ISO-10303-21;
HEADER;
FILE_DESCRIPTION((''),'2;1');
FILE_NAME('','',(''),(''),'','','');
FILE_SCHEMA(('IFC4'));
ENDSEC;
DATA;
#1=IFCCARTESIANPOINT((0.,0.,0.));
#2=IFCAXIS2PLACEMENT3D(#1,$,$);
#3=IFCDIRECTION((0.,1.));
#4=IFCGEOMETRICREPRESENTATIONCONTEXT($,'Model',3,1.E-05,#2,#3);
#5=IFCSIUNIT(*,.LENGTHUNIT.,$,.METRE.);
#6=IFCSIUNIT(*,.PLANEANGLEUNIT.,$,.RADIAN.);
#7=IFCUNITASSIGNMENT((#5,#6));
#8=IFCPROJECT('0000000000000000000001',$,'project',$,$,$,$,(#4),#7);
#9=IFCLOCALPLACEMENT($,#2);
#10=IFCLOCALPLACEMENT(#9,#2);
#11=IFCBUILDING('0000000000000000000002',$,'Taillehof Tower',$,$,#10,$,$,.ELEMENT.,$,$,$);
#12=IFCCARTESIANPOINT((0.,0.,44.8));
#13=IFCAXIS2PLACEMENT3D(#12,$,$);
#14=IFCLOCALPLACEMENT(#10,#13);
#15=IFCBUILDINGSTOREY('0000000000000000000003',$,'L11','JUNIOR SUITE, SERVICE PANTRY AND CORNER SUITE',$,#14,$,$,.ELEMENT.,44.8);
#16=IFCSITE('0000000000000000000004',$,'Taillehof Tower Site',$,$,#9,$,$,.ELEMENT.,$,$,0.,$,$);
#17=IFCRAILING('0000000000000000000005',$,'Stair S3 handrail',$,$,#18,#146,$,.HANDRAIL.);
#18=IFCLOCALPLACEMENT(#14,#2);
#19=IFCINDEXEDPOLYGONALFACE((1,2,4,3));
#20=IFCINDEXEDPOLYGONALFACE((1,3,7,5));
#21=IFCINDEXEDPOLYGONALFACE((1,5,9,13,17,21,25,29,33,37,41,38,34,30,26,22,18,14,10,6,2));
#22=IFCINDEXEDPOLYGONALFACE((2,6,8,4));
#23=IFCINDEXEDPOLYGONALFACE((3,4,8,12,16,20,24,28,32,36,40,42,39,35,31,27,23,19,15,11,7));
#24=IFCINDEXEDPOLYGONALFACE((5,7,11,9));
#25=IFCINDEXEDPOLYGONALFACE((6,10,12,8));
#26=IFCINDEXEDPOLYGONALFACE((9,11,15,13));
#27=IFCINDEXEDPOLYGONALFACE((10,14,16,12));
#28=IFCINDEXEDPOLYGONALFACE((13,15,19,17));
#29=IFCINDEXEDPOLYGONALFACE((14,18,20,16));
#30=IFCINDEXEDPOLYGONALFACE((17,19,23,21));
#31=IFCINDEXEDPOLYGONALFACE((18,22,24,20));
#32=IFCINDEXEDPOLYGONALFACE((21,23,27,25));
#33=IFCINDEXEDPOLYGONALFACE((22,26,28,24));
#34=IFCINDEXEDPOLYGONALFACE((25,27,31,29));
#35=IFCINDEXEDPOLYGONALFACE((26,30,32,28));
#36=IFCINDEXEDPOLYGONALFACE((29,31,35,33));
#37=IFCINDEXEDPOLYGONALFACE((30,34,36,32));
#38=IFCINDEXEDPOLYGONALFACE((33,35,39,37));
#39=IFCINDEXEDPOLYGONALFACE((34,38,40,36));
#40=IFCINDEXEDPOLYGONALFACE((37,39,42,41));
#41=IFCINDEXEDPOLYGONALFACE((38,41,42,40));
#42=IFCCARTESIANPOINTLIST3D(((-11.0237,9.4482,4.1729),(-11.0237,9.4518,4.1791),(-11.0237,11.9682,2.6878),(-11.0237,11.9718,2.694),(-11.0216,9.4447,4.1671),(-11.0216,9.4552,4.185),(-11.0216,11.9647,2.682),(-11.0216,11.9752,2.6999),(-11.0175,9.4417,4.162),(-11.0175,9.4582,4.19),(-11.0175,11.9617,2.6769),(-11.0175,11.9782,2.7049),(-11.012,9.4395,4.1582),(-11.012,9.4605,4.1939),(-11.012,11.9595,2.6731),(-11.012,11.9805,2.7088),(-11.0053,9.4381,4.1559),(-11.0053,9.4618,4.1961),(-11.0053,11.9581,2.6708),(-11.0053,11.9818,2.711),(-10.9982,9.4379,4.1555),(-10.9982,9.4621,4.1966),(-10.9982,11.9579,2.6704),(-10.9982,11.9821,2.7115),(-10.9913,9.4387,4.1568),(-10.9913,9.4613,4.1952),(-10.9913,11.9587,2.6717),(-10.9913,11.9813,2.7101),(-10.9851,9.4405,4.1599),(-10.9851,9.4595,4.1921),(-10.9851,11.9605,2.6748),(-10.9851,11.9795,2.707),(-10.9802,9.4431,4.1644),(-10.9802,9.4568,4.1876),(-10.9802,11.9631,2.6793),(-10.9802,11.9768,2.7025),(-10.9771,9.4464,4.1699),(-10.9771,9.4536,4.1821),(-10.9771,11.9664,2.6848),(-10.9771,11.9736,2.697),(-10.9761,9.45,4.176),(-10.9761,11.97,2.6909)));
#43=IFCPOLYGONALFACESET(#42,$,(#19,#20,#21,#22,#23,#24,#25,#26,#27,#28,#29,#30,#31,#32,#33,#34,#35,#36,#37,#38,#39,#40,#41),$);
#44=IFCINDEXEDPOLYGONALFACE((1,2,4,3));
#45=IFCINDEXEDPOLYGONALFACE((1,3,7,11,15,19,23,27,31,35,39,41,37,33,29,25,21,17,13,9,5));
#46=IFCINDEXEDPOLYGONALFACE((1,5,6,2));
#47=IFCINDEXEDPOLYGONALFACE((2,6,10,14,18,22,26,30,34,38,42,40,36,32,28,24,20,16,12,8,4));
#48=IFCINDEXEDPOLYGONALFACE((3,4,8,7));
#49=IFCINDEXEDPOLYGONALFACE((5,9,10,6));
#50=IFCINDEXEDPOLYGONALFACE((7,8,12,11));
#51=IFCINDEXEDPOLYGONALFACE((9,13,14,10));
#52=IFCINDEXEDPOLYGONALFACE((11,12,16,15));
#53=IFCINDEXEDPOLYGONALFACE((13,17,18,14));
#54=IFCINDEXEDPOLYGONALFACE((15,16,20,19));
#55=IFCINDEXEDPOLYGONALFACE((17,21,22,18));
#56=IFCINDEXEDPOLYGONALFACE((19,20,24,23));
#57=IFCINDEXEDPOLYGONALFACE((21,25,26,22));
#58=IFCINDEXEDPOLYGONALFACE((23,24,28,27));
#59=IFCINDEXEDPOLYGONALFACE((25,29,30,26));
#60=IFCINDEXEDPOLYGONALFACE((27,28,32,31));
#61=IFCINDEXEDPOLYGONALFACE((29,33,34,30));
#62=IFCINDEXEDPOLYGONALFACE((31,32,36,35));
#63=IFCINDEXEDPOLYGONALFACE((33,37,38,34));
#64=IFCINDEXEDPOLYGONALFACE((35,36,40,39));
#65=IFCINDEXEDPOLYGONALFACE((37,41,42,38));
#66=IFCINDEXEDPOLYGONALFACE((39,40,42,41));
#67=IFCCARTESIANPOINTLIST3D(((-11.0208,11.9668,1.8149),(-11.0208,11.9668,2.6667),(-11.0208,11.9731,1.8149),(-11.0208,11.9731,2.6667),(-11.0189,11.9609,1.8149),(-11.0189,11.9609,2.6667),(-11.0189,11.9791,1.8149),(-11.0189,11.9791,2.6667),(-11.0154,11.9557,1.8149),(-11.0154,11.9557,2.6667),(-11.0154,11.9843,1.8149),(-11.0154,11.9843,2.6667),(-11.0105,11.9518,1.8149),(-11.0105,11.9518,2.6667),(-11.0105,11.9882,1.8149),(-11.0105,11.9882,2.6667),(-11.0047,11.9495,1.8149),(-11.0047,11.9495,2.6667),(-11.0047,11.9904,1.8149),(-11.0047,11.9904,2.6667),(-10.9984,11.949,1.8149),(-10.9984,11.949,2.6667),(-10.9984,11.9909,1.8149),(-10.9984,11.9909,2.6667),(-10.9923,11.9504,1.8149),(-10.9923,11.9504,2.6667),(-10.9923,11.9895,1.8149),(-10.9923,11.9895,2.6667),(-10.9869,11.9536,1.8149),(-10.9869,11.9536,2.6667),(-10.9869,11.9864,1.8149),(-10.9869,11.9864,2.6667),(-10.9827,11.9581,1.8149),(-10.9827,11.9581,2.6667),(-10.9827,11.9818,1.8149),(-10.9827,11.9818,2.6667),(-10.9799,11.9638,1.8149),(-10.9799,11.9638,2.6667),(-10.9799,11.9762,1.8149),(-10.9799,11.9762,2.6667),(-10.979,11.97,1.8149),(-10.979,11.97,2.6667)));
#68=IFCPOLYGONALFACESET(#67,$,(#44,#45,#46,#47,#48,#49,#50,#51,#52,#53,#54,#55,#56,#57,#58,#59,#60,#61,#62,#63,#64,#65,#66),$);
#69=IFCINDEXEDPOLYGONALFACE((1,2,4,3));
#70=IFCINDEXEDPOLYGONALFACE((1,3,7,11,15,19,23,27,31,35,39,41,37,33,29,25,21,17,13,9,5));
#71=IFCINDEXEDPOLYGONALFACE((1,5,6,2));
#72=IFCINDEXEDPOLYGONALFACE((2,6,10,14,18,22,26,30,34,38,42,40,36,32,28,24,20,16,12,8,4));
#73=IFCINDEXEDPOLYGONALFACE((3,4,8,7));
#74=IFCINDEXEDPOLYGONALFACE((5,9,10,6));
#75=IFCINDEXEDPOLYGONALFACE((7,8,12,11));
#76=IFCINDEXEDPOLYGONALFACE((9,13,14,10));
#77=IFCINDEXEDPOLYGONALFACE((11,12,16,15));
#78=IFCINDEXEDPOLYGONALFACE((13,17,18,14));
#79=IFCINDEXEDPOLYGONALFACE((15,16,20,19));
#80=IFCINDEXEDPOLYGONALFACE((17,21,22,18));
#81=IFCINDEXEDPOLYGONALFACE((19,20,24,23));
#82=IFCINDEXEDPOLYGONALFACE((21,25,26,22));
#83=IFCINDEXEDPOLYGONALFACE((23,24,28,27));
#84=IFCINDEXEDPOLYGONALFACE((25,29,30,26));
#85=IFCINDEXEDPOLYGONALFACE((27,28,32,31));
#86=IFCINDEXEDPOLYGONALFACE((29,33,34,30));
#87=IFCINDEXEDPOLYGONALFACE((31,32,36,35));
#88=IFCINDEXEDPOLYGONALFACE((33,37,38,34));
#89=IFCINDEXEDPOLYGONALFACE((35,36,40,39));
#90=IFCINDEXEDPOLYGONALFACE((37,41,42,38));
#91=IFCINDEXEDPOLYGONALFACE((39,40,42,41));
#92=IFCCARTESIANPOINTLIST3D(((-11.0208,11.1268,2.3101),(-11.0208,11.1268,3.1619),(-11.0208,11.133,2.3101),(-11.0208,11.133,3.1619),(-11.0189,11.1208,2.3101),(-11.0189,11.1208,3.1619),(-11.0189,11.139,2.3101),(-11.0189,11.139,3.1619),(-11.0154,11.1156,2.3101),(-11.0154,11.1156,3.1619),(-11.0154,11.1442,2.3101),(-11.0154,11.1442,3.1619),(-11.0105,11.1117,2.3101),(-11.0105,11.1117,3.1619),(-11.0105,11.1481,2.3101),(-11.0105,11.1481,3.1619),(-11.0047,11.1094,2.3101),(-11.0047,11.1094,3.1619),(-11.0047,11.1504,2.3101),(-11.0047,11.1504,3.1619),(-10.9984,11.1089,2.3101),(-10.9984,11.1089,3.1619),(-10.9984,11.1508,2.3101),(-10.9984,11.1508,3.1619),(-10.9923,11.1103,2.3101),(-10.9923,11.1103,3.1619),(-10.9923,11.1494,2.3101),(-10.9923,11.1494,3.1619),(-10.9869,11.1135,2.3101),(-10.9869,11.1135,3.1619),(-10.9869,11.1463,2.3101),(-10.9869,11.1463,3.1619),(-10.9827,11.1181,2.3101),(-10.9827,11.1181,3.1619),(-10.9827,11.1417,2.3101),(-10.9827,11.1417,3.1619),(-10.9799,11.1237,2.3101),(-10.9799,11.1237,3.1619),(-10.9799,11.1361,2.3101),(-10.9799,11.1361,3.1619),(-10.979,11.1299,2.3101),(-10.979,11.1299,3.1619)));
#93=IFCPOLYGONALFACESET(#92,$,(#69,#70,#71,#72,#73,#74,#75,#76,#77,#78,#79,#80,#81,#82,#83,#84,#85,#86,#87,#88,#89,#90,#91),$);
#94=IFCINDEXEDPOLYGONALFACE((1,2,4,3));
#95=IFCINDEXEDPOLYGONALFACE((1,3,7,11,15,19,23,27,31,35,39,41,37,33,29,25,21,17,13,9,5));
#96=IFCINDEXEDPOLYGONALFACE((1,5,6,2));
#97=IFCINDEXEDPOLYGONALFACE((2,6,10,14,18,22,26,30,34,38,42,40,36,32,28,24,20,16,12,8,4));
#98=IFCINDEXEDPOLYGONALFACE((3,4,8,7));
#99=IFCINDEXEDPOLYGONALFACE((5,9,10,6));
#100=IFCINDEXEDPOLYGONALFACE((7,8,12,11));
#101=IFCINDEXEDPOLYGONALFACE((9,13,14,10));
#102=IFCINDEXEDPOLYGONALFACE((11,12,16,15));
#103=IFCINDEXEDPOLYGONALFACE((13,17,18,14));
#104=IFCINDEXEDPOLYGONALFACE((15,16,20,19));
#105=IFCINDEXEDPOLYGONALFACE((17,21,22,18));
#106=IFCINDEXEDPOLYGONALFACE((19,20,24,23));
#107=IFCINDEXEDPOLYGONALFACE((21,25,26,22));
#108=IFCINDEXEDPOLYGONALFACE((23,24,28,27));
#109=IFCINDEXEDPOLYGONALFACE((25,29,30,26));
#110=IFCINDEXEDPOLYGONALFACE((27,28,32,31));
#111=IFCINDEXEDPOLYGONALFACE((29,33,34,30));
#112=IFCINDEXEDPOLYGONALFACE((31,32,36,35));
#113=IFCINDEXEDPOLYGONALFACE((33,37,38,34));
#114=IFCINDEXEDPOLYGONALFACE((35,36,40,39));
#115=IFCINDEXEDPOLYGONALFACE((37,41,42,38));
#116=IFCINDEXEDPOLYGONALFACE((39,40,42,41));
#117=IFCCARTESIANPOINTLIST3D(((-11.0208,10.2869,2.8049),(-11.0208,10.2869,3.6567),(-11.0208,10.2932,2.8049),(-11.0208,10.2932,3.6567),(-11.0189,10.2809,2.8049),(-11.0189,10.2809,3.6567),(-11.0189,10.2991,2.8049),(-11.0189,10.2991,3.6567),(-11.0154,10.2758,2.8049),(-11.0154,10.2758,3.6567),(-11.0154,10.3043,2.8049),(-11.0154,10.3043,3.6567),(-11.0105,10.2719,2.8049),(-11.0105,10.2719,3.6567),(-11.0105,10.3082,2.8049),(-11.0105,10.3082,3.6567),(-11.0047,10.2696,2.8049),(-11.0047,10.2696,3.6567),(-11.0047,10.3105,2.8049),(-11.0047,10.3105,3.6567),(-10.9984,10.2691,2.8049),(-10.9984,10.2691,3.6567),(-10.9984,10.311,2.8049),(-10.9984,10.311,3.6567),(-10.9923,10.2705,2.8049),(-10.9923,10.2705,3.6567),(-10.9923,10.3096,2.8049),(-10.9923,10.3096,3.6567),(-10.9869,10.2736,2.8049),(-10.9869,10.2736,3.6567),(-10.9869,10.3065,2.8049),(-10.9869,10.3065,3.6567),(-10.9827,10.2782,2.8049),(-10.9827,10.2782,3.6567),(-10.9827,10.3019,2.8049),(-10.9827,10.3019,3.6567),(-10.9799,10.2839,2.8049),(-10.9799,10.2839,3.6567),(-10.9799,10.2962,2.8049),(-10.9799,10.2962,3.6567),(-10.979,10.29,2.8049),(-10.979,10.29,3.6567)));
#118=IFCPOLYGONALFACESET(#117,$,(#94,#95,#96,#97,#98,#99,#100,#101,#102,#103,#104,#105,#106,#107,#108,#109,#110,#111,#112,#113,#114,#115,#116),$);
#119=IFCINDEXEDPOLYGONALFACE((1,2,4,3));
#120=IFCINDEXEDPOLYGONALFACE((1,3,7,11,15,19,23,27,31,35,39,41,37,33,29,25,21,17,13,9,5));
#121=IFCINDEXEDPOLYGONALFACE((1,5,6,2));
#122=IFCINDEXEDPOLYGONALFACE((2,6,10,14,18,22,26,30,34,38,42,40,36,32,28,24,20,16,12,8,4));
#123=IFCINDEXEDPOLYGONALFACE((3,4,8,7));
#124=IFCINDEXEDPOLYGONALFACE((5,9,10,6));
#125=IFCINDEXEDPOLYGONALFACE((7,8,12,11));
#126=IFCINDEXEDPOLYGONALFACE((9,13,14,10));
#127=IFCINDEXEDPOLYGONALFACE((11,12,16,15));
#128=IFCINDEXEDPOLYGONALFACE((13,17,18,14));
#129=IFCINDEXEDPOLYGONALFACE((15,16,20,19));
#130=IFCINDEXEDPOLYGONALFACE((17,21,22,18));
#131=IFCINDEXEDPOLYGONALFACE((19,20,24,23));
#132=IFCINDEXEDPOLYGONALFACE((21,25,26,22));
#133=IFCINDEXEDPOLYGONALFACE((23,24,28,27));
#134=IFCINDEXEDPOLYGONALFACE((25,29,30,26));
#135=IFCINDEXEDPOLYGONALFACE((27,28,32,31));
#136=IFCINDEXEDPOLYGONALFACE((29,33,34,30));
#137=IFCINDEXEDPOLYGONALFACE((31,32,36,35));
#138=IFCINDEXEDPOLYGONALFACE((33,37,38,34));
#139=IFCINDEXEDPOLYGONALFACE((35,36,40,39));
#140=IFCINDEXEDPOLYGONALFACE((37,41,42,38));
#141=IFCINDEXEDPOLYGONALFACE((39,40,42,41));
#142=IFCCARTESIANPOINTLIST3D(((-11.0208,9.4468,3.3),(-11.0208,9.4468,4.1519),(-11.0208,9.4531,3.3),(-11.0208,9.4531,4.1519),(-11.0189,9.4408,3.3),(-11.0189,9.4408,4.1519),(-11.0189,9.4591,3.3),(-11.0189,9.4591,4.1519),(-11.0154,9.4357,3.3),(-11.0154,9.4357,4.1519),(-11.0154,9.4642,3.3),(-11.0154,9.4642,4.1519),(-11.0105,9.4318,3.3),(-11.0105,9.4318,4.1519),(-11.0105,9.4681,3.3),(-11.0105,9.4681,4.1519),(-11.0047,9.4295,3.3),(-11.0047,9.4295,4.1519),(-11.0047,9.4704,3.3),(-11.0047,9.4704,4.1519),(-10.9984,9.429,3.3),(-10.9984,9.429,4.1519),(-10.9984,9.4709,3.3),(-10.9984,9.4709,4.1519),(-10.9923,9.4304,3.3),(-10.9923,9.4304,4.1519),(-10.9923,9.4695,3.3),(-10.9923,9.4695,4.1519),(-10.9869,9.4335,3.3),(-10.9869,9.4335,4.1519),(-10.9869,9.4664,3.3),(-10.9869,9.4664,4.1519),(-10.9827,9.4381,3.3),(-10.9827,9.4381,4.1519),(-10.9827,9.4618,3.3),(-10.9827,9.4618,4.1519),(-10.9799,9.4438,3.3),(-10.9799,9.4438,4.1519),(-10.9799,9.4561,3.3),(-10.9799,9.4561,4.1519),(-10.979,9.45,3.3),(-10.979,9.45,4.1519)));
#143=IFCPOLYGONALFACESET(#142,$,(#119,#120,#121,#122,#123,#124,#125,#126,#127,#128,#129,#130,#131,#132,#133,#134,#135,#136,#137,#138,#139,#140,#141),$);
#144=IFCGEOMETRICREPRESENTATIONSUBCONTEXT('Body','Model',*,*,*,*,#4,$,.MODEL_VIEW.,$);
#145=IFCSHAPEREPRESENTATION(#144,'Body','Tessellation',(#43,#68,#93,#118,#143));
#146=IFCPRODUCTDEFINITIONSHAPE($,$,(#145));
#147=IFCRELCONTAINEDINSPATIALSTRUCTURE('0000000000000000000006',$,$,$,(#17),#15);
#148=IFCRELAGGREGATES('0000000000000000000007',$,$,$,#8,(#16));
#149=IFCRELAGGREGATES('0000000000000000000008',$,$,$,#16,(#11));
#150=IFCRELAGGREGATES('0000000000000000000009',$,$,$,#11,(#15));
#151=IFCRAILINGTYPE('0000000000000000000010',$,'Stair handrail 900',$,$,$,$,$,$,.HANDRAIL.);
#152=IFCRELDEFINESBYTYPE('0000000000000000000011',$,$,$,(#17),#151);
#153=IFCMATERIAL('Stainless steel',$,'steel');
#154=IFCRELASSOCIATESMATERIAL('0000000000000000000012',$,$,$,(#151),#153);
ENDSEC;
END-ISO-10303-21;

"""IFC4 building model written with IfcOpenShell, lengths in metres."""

from ifc_helpers import new_model, si_unit, direction, frame, origin, origin_2d, place, context, subcontext, project, spatial, circle, extrude, material, type_object, element, save


model = new_model("IFC4")

# Units and contexts
model_context = context("Model", 3, precision=1e-05, world=origin(), true_north=direction((0.0, 1.0)))
body_context = subcontext(model_context, "Body", "Model", "MODEL_VIEW")
ifc_project = project(units=[si_unit("LENGTHUNIT", "METRE"), si_unit("PLANEANGLEUNIT", "RADIAN")], contexts=[model_context])

# Site, building, storey
site_placement = place(None, origin())
site = spatial("IfcSite", under=ifc_project, at=site_placement, Name="Taillehof Tower Site", CompositionType="ELEMENT", RefElevation=0.0)
building_placement = place(site_placement, origin())
building = spatial("IfcBuilding", under=site, at=building_placement, Name="Taillehof Tower", CompositionType="ELEMENT")
storey_placement = place(building_placement, frame((0.0, 0.0, 44.8)))
storey = spatial("IfcBuildingStorey", under=building, at=storey_placement, Name="L11", Description="JUNIOR SUITE, SERVICE PANTRY AND CORNER SUITE", CompositionType="ELEMENT", Elevation=44.8)

# Railing
ifc_material_1 = material(Name="Stainless steel", Category="steel")
railing_type = type_object("IfcRailingType", Name="Stair handrail 900", PredefinedType="HANDRAIL", material=ifc_material_1)
railing_1_placement = place(storey_placement, frame((-11.0, 11.97, 1.8149)))
element("IfcRailing", 1, at=railing_1_placement, inside=storey, type_object=railing_type, Name="Stair S3 handrail", PredefinedType="HANDRAIL", context=body_context, shape_type="SweptSolid", body=[
    extrude(circle(Radius=0.0239, at=origin_2d()), frame((0.0, 0.0, 0.876), z_axis=(0.0, -0.861524, 0.507717), x_axis=(1.0, 0.0, 0.0)), (0.0, 0.0, 1.0), 2.925),
    extrude(circle(Radius=0.021, at=origin_2d()), origin(), (0.0, 0.0, 1.0), 0.8518),
    extrude(circle(Radius=0.021, at=origin_2d()), frame((0.0, -0.8401, 0.4951)), (0.0, 0.0, 1.0), 0.8518),
    extrude(circle(Radius=0.021, at=origin_2d()), frame((0.0, -1.6799, 0.99)), (0.0, 0.0, 1.0), 0.8518),
    extrude(circle(Radius=0.021, at=origin_2d()), frame((0.0, -2.52, 1.4851)), (0.0, 0.0, 1.0), 0.8518),
])

save(model, "model.ifc")
